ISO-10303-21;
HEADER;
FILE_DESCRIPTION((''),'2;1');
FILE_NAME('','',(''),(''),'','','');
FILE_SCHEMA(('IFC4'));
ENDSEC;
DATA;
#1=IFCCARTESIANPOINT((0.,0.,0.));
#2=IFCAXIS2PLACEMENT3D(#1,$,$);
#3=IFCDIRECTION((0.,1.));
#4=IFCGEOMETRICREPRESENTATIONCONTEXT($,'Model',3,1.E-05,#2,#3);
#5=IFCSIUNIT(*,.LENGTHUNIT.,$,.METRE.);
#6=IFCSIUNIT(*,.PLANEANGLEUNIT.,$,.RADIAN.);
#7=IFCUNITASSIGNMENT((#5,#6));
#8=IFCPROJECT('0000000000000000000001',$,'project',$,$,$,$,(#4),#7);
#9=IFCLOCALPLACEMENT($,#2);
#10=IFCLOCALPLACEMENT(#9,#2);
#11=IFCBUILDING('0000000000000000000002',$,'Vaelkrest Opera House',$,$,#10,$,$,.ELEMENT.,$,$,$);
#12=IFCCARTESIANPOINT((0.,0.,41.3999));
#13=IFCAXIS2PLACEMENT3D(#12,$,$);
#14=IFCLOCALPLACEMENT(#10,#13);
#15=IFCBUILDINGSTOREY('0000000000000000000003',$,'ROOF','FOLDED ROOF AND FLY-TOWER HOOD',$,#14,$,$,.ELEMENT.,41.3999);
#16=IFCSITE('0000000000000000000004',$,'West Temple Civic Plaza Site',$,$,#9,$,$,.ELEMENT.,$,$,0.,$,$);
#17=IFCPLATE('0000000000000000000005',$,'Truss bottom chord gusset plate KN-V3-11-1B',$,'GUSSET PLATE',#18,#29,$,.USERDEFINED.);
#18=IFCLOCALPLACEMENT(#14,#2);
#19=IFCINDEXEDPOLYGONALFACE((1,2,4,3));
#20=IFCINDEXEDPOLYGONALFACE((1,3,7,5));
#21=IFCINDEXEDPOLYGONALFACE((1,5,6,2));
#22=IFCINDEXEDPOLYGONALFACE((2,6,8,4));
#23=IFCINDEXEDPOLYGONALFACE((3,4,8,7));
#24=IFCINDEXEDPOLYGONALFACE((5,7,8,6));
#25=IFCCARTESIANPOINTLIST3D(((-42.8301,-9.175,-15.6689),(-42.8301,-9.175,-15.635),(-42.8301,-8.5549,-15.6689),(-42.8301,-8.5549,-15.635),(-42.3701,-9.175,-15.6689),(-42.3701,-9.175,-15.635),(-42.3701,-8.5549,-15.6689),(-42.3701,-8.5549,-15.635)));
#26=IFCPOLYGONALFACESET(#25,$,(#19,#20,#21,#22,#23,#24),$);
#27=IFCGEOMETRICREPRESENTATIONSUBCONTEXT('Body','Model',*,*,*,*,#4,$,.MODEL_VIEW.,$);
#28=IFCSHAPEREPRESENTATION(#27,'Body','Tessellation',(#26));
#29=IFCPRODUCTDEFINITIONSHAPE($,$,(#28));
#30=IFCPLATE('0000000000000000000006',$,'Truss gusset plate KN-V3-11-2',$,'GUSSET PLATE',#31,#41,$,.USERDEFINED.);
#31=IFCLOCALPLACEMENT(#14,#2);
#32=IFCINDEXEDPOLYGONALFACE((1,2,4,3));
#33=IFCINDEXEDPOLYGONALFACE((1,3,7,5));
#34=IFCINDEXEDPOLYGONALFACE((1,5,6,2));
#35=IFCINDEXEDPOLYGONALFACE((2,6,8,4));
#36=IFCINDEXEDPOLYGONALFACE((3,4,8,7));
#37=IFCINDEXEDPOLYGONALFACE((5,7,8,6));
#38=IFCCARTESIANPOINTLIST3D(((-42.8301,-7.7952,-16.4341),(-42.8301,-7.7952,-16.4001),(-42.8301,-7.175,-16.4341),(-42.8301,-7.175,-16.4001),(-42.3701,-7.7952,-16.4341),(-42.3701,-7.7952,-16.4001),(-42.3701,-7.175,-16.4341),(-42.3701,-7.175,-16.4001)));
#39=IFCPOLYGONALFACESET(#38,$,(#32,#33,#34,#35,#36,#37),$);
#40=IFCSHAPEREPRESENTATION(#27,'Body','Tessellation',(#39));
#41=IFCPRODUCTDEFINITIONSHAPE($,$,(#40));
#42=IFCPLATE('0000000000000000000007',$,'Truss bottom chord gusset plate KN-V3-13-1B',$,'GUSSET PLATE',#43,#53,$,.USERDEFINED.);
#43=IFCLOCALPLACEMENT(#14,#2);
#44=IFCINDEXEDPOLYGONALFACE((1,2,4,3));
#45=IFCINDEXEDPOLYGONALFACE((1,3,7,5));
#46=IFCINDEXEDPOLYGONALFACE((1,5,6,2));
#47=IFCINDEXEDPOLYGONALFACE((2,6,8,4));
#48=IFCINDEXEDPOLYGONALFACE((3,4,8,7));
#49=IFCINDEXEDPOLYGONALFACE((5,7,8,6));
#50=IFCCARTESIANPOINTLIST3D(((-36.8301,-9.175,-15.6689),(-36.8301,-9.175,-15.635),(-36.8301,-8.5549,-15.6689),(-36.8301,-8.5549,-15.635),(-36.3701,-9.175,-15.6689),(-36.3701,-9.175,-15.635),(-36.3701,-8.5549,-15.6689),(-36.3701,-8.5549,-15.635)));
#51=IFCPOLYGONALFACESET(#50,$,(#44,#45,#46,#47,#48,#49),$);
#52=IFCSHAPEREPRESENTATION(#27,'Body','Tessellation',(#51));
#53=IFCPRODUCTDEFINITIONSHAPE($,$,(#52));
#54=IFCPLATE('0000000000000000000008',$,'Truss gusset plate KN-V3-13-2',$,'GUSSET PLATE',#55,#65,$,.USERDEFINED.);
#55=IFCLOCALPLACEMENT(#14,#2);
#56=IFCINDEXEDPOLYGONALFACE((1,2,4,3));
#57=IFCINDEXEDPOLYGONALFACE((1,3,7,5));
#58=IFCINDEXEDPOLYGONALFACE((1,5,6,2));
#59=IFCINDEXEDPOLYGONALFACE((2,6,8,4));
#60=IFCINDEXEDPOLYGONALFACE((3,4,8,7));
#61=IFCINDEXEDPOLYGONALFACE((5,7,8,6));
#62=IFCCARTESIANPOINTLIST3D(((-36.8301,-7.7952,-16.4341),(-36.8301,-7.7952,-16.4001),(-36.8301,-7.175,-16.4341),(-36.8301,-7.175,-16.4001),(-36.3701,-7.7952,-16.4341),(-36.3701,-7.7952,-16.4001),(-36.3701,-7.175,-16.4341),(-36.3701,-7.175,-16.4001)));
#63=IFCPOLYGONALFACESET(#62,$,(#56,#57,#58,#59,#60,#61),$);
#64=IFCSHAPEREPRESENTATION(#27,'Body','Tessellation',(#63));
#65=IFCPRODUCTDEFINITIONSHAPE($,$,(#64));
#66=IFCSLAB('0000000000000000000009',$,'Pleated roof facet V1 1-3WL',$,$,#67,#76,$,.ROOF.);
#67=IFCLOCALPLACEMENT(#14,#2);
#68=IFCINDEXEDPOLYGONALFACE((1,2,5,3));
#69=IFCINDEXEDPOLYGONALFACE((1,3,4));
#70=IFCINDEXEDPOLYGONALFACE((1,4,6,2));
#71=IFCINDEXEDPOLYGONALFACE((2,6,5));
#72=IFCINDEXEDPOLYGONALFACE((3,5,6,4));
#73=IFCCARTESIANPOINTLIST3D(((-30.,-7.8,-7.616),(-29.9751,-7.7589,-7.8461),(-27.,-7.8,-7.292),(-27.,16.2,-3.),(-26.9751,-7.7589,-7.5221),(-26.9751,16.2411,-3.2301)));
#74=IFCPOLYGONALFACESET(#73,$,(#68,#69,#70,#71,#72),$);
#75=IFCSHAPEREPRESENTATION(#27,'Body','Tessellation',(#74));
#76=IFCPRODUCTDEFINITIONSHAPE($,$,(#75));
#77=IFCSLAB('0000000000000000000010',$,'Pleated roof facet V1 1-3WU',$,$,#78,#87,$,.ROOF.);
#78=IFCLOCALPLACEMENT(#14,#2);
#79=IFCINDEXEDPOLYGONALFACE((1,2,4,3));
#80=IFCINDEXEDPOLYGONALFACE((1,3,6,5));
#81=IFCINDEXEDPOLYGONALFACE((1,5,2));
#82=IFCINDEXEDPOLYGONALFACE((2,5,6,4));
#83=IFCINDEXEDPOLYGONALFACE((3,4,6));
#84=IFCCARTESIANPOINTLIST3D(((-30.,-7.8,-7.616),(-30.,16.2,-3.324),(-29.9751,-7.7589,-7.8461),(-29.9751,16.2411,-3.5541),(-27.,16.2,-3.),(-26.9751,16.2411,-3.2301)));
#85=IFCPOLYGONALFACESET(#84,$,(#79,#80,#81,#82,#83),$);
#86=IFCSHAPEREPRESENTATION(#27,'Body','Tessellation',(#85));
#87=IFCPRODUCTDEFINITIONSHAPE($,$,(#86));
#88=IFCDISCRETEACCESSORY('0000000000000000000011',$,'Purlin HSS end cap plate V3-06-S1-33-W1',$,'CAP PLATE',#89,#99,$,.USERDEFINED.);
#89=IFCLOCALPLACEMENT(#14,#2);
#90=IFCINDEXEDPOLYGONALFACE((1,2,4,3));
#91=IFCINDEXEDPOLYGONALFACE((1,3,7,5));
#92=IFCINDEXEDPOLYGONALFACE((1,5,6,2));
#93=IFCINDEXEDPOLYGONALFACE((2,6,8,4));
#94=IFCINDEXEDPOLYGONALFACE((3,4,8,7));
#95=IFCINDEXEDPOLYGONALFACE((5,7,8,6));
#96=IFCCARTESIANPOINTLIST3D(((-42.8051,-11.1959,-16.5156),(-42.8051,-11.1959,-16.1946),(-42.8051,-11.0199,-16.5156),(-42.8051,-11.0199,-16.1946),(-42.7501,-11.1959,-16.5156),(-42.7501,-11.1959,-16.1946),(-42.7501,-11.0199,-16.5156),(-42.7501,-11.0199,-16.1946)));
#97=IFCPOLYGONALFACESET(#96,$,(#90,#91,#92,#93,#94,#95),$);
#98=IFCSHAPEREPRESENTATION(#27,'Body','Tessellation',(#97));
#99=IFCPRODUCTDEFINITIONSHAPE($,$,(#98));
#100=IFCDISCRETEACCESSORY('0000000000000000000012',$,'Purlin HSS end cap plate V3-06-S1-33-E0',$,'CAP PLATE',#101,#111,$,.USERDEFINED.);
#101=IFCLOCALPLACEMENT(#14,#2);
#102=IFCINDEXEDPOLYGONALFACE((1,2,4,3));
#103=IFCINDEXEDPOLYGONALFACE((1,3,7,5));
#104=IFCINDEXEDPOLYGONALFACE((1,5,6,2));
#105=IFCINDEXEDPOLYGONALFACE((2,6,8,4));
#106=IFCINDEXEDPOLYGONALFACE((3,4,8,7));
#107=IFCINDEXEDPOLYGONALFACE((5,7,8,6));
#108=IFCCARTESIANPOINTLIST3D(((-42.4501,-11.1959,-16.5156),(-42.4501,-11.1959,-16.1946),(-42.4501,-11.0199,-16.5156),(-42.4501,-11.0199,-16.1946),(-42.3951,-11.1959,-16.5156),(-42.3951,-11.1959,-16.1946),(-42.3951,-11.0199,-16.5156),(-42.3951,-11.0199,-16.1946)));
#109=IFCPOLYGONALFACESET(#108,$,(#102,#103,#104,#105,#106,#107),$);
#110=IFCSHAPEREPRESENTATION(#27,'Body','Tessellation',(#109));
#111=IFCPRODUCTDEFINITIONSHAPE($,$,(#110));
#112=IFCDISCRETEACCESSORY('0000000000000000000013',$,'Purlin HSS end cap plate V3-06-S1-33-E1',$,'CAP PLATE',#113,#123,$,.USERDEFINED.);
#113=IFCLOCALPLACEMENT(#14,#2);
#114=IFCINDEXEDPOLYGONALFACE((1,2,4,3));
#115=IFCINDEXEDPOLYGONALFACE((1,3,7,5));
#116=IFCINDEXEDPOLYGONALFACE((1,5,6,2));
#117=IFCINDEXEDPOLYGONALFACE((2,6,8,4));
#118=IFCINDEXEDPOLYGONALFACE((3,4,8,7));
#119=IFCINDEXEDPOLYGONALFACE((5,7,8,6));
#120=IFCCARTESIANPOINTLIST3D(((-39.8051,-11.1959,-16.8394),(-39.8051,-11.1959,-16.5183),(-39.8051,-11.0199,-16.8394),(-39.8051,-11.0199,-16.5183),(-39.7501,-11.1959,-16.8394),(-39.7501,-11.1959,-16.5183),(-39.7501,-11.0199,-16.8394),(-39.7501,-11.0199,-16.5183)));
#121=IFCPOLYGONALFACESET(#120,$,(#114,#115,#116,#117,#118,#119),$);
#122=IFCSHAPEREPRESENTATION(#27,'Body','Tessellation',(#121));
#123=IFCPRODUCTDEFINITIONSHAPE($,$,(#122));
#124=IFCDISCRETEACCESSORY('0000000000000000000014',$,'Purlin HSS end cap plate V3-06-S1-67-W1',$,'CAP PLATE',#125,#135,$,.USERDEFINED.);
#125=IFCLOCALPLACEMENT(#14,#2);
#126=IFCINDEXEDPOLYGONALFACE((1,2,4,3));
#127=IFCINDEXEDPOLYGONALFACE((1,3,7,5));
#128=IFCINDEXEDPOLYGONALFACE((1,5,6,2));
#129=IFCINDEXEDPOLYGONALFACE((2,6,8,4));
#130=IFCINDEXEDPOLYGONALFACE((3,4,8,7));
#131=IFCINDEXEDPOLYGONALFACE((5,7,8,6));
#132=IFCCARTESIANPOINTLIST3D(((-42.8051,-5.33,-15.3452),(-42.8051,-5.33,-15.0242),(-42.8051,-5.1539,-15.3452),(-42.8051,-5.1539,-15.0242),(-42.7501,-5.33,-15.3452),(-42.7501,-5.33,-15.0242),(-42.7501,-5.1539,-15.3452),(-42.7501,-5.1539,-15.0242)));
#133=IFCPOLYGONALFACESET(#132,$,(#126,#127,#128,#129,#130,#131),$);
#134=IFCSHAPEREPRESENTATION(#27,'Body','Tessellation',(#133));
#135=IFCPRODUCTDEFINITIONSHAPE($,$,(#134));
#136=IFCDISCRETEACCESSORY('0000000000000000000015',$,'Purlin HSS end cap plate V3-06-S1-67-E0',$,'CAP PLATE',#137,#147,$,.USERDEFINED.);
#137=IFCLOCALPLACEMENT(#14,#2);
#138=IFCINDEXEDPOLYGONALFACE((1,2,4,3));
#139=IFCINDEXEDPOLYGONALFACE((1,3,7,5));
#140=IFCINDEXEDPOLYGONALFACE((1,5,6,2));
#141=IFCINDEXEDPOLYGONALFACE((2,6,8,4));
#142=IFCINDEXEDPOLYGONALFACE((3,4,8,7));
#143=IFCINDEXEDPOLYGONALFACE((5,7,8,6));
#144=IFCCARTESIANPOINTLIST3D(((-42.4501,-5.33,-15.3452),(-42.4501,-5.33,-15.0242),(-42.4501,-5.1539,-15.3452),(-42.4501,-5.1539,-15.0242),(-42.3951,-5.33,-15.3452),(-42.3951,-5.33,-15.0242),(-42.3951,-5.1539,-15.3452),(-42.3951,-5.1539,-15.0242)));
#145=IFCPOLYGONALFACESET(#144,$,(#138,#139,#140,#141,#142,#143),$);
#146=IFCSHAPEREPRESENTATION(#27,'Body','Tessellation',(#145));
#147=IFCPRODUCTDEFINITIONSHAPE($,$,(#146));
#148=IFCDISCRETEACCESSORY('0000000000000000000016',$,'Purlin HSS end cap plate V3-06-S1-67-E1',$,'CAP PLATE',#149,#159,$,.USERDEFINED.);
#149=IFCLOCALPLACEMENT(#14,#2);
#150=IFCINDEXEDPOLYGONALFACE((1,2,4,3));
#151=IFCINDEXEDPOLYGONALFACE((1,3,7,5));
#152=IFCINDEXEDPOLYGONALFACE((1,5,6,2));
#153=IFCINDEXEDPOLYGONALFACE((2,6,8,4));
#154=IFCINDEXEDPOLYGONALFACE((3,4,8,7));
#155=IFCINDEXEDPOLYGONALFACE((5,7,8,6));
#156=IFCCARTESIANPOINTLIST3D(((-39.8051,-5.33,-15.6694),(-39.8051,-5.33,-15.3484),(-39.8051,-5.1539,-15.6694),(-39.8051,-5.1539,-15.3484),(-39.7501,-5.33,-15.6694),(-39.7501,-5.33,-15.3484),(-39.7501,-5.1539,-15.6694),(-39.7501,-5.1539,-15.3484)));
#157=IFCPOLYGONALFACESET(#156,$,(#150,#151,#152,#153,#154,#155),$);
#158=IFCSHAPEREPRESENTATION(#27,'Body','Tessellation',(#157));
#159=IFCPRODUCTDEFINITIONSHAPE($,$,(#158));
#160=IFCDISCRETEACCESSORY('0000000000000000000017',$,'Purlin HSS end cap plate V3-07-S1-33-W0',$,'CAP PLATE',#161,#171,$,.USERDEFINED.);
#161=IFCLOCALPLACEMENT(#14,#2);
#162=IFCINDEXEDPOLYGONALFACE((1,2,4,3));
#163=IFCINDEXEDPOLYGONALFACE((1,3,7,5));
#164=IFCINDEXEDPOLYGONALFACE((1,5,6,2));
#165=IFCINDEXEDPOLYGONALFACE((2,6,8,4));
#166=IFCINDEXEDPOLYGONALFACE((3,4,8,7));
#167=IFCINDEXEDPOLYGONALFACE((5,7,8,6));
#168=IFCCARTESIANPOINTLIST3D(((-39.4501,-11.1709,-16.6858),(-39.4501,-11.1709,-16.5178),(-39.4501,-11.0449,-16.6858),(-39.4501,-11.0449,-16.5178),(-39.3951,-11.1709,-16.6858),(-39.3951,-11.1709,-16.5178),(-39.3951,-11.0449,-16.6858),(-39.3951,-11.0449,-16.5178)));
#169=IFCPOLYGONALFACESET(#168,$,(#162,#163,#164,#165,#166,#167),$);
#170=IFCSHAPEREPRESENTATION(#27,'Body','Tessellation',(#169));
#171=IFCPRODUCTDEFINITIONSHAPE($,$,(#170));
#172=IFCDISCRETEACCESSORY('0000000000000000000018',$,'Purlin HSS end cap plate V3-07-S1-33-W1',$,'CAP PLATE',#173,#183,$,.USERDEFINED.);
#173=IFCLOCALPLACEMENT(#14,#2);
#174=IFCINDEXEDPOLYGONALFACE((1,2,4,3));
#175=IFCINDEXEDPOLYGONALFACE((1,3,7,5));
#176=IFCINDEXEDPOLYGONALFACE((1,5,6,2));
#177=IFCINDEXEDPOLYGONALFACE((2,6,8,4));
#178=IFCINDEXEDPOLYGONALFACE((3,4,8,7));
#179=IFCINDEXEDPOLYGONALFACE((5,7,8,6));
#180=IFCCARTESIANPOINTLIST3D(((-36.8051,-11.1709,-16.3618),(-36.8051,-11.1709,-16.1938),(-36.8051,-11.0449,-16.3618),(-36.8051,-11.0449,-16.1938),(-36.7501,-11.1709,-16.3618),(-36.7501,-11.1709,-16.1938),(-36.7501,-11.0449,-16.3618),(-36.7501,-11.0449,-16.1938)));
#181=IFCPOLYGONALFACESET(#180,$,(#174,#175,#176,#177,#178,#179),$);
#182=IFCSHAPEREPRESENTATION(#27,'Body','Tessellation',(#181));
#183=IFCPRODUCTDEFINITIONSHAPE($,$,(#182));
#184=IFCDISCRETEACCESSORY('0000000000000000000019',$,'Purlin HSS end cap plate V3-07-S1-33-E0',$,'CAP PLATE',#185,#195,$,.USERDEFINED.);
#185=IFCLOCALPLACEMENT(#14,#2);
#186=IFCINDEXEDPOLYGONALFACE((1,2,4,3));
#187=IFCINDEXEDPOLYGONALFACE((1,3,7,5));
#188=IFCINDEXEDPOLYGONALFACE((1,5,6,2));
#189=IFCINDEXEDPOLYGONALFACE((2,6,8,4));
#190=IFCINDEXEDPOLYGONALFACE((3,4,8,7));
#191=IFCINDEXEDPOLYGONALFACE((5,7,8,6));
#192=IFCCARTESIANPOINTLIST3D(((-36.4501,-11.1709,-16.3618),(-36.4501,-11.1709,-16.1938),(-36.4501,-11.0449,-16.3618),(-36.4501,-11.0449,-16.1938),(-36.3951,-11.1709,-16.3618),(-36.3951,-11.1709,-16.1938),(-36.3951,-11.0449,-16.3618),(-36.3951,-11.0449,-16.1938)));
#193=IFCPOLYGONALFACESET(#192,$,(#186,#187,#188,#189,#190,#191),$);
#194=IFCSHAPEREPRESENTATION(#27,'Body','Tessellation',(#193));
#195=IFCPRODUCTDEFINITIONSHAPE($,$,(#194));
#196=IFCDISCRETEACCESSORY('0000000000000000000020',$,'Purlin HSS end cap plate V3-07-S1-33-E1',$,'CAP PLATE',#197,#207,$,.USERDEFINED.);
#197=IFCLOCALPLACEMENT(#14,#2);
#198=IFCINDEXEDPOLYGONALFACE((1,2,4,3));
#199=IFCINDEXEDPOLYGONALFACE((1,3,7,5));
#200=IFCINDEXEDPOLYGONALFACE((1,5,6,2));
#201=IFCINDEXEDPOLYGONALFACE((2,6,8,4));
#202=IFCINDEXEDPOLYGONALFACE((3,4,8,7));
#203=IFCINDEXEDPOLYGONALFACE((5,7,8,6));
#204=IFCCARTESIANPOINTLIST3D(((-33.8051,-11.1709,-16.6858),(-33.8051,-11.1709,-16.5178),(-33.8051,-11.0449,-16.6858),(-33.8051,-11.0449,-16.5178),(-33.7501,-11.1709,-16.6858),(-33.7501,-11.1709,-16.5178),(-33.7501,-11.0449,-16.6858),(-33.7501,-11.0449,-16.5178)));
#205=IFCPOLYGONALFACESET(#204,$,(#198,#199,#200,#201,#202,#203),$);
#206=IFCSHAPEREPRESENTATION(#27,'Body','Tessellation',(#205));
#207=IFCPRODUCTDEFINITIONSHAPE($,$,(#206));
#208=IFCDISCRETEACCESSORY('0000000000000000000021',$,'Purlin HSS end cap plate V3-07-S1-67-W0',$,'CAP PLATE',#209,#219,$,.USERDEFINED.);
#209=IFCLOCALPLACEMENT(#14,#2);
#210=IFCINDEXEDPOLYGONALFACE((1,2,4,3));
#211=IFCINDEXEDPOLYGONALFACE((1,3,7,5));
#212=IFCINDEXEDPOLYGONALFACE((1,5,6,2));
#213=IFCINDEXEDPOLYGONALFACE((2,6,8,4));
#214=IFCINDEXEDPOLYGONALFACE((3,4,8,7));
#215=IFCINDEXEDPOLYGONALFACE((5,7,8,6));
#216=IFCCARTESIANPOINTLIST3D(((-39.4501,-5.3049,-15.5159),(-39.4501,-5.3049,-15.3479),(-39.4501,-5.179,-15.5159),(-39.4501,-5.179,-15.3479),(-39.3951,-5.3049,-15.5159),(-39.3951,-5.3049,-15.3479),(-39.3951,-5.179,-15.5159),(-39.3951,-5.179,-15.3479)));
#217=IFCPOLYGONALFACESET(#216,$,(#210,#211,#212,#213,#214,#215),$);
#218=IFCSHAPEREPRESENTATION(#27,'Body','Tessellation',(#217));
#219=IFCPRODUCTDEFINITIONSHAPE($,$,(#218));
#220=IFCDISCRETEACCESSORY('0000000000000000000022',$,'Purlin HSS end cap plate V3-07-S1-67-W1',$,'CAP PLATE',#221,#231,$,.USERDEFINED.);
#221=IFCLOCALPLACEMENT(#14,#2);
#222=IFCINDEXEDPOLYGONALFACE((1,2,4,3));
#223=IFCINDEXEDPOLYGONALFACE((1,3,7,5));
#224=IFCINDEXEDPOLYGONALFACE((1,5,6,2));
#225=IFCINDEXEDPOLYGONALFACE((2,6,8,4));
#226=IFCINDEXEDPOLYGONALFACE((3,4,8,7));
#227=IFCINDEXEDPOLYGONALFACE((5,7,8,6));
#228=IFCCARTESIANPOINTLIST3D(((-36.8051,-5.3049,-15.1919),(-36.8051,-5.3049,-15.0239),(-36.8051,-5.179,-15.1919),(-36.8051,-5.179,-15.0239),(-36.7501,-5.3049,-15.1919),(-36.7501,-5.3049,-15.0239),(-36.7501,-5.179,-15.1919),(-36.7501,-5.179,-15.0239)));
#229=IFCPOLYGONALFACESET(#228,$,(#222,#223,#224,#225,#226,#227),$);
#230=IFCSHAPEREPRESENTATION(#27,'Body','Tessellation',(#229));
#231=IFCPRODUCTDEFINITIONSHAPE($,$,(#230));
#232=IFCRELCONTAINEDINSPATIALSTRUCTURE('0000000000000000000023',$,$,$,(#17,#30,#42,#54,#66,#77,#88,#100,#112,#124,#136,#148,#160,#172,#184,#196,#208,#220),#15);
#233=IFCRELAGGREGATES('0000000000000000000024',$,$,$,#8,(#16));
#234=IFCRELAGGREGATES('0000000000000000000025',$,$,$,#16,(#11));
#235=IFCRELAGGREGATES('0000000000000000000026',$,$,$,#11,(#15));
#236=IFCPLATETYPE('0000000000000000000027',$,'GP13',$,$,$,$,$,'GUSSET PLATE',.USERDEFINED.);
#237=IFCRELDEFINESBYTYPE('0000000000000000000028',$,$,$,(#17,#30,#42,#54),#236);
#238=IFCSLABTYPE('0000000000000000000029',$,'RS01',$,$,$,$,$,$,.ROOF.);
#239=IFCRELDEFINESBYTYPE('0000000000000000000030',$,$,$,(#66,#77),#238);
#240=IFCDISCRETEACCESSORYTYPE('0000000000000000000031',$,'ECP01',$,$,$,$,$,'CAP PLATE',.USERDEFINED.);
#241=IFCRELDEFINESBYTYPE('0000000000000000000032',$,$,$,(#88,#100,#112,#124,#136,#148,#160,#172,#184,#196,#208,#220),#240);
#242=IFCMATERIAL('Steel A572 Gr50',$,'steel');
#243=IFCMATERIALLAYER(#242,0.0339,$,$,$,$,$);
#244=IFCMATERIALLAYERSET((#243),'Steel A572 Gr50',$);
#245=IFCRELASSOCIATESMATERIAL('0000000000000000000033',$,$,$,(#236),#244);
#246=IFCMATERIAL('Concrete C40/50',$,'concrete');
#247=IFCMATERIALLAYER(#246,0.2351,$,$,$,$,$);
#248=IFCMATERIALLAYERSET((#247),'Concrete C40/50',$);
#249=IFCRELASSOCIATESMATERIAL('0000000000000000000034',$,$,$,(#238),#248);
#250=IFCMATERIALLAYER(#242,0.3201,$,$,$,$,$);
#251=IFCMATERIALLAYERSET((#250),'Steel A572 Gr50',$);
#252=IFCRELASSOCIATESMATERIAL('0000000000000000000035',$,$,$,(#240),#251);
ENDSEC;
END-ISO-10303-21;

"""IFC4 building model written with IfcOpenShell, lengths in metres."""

from ifc_helpers import new_model, si_unit, direction, frame, origin, origin_2d, place, context, subcontext, project, spatial, polyline, rectangle, outline, extrude, material, layer, layer_set, type_object, element, save


model = new_model("IFC4")

# Units and contexts
model_context = context("Model", 3, precision=1e-05, world=origin(), true_north=direction((0.0, 1.0)))
body_context = subcontext(model_context, "Body", "Model", "MODEL_VIEW")
ifc_project = project(units=[si_unit("LENGTHUNIT", "METRE"), si_unit("PLANEANGLEUNIT", "RADIAN")], contexts=[model_context])

# Site, building, storey
site_placement = place(None, origin())
site = spatial("IfcSite", under=ifc_project, at=site_placement, Name="West Temple Civic Plaza Site", CompositionType="ELEMENT", RefElevation=0.0)
building_placement = place(site_placement, origin())
building = spatial("IfcBuilding", under=site, at=building_placement, Name="Vaelkrest Opera House", CompositionType="ELEMENT")
storey_placement = place(building_placement, frame((0.0, 0.0, 41.3999)))
storey = spatial("IfcBuildingStorey", under=building, at=storey_placement, Name="ROOF", Description="FOLDED ROOF AND FLY-TOWER HOOD", CompositionType="ELEMENT", Elevation=41.3999)

# Plates
ifc_material_1 = material(Name="Steel A572 Gr50", Category="steel")
ifc_layer_1 = layer(ifc_material_1, 0.0339)
ifc_layer_set_1 = layer_set([ifc_layer_1], Name="Steel A572 Gr50")
plate_type = type_object("IfcPlateType", Name="GP13", ElementType="GUSSET PLATE", PredefinedType="USERDEFINED", material=ifc_layer_set_1)
for number, where, z_axis, x_axis, name in (
    (1, (-42.6001, -8.865, -15.6689), (0.0, 0.0, 1.0), (0.0, 1.0, 0.0), "Truss bottom chord gusset plate KN-V3-11-1B"),
    (2, (-42.6001, -7.4851, -16.4341), (0.0, 0.0, 1.0), (0.0, 1.0, 0.0), "Truss gusset plate KN-V3-11-2"),
    (3, (-36.6001, -8.865, -15.6689), (0.0, 0.0, 1.0), (0.0, 1.0, 0.0), "Truss bottom chord gusset plate KN-V3-13-1B"),
    (4, (-36.6001, -7.4851, -16.4341), (0.0, 0.0, 1.0), (0.0, 1.0, 0.0), "Truss gusset plate KN-V3-13-2"),
):
    element("IfcPlate", number, at=place(storey_placement, frame(where, z_axis=z_axis, x_axis=x_axis)), inside=storey, type_object=plate_type, Name=name, ObjectType="GUSSET PLATE", PredefinedType="USERDEFINED", context=body_context, shape_type="SweptSolid", body=[
        extrude(rectangle(XDim=0.6201, YDim=0.46, at=origin_2d()), origin(), (0.0, 0.0, 1.0), 0.0339),
    ])

# Slabs
ifc_material_2 = material(Name="Concrete C40/50", Category="concrete")
ifc_layer_2 = layer(ifc_material_2, 0.2351)
ifc_layer_set_2 = layer_set([ifc_layer_2], Name="Concrete C40/50")
slab_type = type_object("IfcSlabType", Name="RS01", PredefinedType="ROOF", material=ifc_layer_set_2)
slab_1_placement = place(storey_placement, frame((-30.0, -7.8, -7.616), z_axis=(-0.105709, -0.175054, 0.978868), x_axis=(0.994219, 0.0, 0.107367)))
element("IfcSlab", 5, at=slab_1_placement, inside=storey, type_object=slab_type, Name="Pleated roof facet V1 1-3WL", PredefinedType="ROOF", context=body_context, shape_type="SweptSolid", body=[
    extrude(outline(polyline([(0.0, 0.0), (3.0174, 0.0), (3.4783, 24.3764), (0.0, 0.0)])), origin(), (0.0, 0.0, -1.0), 0.2351),
])
slab_2_placement = place(storey_placement, frame((-30.0, -7.8, -7.616), z_axis=(-0.105709, -0.175054, 0.978868), x_axis=(0.121836, 0.974686, 0.187463)))
element("IfcSlab", 6, at=slab_2_placement, inside=storey, type_object=slab_type, Name="Pleated roof facet V1 1-3WU", PredefinedType="ROOF", context=body_context, shape_type="SweptSolid", body=[
    extrude(outline(polyline([(0.0, 0.0), (24.6233, 0.0), (24.1971, 2.9872), (0.0, 0.0)])), origin(), (0.0, 0.0, -1.0), 0.2351),
])

# Discrete accessories
ifc_layer_3 = layer(ifc_material_1, 0.3201)
ifc_layer_set_3 = layer_set([ifc_layer_3], Name="Steel A572 Gr50")
discrete_accessory_type = type_object("IfcDiscreteAccessoryType", Name="ECP01", ElementType="CAP PLATE", PredefinedType="USERDEFINED", material=ifc_layer_set_3)
for number, where, z_axis, x_axis, name in (
    (7, (-42.7776, -11.1079, -16.5156), (0.0, 0.0, 1.0), (1.0, 0.0, 0.0), "Purlin HSS end cap plate V3-06-S1-33-W1"),
    (8, (-42.4226, -11.1079, -16.5156), (0.0, 0.0, 1.0), (1.0, 0.0, 0.0), "Purlin HSS end cap plate V3-06-S1-33-E0"),
    (9, (-39.7776, -11.1079, -16.8394), (0.0, 0.0, 1.0), (1.0, 0.0, 0.0), "Purlin HSS end cap plate V3-06-S1-33-E1"),
    (10, (-42.7776, -5.2419, -15.3452), (0.0, 0.0, 1.0), (1.0, 0.0, 0.0), "Purlin HSS end cap plate V3-06-S1-67-W1"),
    (11, (-42.4226, -5.2419, -15.3452), (0.0, 0.0, 1.0), (1.0, 0.0, 0.0), "Purlin HSS end cap plate V3-06-S1-67-E0"),
    (12, (-39.7776, -5.2419, -15.6694), (0.0, 0.0, 1.0), (1.0, 0.0, 0.0), "Purlin HSS end cap plate V3-06-S1-67-E1"),
):
    element("IfcDiscreteAccessory", number, at=place(storey_placement, frame(where, z_axis=z_axis, x_axis=x_axis)), inside=storey, type_object=discrete_accessory_type, Name=name, ObjectType="CAP PLATE", PredefinedType="USERDEFINED", context=body_context, shape_type="SweptSolid", body=[
        extrude(rectangle(XDim=0.0549, YDim=0.176, at=origin_2d()), origin(), (0.0, 0.0, 1.0), 0.321),
    ])
for number, where, z_axis, x_axis, name in (
    (13, (-39.4226, -11.1079, -16.6858), (0.0, 0.0, 1.0), (1.0, 0.0, 0.0), "Purlin HSS end cap plate V3-07-S1-33-W0"),
    (14, (-36.7776, -11.1079, -16.3618), (0.0, 0.0, 1.0), (1.0, 0.0, 0.0), "Purlin HSS end cap plate V3-07-S1-33-W1"),
    (15, (-36.4226, -11.1079, -16.3618), (0.0, 0.0, 1.0), (1.0, 0.0, 0.0), "Purlin HSS end cap plate V3-07-S1-33-E0"),
    (16, (-33.7776, -11.1079, -16.6858), (0.0, 0.0, 1.0), (1.0, 0.0, 0.0), "Purlin HSS end cap plate V3-07-S1-33-E1"),
    (17, (-39.4226, -5.2419, -15.5159), (0.0, 0.0, 1.0), (1.0, 0.0, 0.0), "Purlin HSS end cap plate V3-07-S1-67-W0"),
    (18, (-36.7776, -5.2419, -15.1919), (0.0, 0.0, 1.0), (1.0, 0.0, 0.0), "Purlin HSS end cap plate V3-07-S1-67-W1"),
):
    element("IfcDiscreteAccessory", number, at=place(storey_placement, frame(where, z_axis=z_axis, x_axis=x_axis)), inside=storey, type_object=discrete_accessory_type, Name=name, ObjectType="CAP PLATE", PredefinedType="USERDEFINED", context=body_context, shape_type="SweptSolid", body=[
        extrude(rectangle(XDim=0.0549, YDim=0.126, at=origin_2d()), origin(), (0.0, 0.0, 1.0), 0.168),
    ])

save(model, "model.ifc")
